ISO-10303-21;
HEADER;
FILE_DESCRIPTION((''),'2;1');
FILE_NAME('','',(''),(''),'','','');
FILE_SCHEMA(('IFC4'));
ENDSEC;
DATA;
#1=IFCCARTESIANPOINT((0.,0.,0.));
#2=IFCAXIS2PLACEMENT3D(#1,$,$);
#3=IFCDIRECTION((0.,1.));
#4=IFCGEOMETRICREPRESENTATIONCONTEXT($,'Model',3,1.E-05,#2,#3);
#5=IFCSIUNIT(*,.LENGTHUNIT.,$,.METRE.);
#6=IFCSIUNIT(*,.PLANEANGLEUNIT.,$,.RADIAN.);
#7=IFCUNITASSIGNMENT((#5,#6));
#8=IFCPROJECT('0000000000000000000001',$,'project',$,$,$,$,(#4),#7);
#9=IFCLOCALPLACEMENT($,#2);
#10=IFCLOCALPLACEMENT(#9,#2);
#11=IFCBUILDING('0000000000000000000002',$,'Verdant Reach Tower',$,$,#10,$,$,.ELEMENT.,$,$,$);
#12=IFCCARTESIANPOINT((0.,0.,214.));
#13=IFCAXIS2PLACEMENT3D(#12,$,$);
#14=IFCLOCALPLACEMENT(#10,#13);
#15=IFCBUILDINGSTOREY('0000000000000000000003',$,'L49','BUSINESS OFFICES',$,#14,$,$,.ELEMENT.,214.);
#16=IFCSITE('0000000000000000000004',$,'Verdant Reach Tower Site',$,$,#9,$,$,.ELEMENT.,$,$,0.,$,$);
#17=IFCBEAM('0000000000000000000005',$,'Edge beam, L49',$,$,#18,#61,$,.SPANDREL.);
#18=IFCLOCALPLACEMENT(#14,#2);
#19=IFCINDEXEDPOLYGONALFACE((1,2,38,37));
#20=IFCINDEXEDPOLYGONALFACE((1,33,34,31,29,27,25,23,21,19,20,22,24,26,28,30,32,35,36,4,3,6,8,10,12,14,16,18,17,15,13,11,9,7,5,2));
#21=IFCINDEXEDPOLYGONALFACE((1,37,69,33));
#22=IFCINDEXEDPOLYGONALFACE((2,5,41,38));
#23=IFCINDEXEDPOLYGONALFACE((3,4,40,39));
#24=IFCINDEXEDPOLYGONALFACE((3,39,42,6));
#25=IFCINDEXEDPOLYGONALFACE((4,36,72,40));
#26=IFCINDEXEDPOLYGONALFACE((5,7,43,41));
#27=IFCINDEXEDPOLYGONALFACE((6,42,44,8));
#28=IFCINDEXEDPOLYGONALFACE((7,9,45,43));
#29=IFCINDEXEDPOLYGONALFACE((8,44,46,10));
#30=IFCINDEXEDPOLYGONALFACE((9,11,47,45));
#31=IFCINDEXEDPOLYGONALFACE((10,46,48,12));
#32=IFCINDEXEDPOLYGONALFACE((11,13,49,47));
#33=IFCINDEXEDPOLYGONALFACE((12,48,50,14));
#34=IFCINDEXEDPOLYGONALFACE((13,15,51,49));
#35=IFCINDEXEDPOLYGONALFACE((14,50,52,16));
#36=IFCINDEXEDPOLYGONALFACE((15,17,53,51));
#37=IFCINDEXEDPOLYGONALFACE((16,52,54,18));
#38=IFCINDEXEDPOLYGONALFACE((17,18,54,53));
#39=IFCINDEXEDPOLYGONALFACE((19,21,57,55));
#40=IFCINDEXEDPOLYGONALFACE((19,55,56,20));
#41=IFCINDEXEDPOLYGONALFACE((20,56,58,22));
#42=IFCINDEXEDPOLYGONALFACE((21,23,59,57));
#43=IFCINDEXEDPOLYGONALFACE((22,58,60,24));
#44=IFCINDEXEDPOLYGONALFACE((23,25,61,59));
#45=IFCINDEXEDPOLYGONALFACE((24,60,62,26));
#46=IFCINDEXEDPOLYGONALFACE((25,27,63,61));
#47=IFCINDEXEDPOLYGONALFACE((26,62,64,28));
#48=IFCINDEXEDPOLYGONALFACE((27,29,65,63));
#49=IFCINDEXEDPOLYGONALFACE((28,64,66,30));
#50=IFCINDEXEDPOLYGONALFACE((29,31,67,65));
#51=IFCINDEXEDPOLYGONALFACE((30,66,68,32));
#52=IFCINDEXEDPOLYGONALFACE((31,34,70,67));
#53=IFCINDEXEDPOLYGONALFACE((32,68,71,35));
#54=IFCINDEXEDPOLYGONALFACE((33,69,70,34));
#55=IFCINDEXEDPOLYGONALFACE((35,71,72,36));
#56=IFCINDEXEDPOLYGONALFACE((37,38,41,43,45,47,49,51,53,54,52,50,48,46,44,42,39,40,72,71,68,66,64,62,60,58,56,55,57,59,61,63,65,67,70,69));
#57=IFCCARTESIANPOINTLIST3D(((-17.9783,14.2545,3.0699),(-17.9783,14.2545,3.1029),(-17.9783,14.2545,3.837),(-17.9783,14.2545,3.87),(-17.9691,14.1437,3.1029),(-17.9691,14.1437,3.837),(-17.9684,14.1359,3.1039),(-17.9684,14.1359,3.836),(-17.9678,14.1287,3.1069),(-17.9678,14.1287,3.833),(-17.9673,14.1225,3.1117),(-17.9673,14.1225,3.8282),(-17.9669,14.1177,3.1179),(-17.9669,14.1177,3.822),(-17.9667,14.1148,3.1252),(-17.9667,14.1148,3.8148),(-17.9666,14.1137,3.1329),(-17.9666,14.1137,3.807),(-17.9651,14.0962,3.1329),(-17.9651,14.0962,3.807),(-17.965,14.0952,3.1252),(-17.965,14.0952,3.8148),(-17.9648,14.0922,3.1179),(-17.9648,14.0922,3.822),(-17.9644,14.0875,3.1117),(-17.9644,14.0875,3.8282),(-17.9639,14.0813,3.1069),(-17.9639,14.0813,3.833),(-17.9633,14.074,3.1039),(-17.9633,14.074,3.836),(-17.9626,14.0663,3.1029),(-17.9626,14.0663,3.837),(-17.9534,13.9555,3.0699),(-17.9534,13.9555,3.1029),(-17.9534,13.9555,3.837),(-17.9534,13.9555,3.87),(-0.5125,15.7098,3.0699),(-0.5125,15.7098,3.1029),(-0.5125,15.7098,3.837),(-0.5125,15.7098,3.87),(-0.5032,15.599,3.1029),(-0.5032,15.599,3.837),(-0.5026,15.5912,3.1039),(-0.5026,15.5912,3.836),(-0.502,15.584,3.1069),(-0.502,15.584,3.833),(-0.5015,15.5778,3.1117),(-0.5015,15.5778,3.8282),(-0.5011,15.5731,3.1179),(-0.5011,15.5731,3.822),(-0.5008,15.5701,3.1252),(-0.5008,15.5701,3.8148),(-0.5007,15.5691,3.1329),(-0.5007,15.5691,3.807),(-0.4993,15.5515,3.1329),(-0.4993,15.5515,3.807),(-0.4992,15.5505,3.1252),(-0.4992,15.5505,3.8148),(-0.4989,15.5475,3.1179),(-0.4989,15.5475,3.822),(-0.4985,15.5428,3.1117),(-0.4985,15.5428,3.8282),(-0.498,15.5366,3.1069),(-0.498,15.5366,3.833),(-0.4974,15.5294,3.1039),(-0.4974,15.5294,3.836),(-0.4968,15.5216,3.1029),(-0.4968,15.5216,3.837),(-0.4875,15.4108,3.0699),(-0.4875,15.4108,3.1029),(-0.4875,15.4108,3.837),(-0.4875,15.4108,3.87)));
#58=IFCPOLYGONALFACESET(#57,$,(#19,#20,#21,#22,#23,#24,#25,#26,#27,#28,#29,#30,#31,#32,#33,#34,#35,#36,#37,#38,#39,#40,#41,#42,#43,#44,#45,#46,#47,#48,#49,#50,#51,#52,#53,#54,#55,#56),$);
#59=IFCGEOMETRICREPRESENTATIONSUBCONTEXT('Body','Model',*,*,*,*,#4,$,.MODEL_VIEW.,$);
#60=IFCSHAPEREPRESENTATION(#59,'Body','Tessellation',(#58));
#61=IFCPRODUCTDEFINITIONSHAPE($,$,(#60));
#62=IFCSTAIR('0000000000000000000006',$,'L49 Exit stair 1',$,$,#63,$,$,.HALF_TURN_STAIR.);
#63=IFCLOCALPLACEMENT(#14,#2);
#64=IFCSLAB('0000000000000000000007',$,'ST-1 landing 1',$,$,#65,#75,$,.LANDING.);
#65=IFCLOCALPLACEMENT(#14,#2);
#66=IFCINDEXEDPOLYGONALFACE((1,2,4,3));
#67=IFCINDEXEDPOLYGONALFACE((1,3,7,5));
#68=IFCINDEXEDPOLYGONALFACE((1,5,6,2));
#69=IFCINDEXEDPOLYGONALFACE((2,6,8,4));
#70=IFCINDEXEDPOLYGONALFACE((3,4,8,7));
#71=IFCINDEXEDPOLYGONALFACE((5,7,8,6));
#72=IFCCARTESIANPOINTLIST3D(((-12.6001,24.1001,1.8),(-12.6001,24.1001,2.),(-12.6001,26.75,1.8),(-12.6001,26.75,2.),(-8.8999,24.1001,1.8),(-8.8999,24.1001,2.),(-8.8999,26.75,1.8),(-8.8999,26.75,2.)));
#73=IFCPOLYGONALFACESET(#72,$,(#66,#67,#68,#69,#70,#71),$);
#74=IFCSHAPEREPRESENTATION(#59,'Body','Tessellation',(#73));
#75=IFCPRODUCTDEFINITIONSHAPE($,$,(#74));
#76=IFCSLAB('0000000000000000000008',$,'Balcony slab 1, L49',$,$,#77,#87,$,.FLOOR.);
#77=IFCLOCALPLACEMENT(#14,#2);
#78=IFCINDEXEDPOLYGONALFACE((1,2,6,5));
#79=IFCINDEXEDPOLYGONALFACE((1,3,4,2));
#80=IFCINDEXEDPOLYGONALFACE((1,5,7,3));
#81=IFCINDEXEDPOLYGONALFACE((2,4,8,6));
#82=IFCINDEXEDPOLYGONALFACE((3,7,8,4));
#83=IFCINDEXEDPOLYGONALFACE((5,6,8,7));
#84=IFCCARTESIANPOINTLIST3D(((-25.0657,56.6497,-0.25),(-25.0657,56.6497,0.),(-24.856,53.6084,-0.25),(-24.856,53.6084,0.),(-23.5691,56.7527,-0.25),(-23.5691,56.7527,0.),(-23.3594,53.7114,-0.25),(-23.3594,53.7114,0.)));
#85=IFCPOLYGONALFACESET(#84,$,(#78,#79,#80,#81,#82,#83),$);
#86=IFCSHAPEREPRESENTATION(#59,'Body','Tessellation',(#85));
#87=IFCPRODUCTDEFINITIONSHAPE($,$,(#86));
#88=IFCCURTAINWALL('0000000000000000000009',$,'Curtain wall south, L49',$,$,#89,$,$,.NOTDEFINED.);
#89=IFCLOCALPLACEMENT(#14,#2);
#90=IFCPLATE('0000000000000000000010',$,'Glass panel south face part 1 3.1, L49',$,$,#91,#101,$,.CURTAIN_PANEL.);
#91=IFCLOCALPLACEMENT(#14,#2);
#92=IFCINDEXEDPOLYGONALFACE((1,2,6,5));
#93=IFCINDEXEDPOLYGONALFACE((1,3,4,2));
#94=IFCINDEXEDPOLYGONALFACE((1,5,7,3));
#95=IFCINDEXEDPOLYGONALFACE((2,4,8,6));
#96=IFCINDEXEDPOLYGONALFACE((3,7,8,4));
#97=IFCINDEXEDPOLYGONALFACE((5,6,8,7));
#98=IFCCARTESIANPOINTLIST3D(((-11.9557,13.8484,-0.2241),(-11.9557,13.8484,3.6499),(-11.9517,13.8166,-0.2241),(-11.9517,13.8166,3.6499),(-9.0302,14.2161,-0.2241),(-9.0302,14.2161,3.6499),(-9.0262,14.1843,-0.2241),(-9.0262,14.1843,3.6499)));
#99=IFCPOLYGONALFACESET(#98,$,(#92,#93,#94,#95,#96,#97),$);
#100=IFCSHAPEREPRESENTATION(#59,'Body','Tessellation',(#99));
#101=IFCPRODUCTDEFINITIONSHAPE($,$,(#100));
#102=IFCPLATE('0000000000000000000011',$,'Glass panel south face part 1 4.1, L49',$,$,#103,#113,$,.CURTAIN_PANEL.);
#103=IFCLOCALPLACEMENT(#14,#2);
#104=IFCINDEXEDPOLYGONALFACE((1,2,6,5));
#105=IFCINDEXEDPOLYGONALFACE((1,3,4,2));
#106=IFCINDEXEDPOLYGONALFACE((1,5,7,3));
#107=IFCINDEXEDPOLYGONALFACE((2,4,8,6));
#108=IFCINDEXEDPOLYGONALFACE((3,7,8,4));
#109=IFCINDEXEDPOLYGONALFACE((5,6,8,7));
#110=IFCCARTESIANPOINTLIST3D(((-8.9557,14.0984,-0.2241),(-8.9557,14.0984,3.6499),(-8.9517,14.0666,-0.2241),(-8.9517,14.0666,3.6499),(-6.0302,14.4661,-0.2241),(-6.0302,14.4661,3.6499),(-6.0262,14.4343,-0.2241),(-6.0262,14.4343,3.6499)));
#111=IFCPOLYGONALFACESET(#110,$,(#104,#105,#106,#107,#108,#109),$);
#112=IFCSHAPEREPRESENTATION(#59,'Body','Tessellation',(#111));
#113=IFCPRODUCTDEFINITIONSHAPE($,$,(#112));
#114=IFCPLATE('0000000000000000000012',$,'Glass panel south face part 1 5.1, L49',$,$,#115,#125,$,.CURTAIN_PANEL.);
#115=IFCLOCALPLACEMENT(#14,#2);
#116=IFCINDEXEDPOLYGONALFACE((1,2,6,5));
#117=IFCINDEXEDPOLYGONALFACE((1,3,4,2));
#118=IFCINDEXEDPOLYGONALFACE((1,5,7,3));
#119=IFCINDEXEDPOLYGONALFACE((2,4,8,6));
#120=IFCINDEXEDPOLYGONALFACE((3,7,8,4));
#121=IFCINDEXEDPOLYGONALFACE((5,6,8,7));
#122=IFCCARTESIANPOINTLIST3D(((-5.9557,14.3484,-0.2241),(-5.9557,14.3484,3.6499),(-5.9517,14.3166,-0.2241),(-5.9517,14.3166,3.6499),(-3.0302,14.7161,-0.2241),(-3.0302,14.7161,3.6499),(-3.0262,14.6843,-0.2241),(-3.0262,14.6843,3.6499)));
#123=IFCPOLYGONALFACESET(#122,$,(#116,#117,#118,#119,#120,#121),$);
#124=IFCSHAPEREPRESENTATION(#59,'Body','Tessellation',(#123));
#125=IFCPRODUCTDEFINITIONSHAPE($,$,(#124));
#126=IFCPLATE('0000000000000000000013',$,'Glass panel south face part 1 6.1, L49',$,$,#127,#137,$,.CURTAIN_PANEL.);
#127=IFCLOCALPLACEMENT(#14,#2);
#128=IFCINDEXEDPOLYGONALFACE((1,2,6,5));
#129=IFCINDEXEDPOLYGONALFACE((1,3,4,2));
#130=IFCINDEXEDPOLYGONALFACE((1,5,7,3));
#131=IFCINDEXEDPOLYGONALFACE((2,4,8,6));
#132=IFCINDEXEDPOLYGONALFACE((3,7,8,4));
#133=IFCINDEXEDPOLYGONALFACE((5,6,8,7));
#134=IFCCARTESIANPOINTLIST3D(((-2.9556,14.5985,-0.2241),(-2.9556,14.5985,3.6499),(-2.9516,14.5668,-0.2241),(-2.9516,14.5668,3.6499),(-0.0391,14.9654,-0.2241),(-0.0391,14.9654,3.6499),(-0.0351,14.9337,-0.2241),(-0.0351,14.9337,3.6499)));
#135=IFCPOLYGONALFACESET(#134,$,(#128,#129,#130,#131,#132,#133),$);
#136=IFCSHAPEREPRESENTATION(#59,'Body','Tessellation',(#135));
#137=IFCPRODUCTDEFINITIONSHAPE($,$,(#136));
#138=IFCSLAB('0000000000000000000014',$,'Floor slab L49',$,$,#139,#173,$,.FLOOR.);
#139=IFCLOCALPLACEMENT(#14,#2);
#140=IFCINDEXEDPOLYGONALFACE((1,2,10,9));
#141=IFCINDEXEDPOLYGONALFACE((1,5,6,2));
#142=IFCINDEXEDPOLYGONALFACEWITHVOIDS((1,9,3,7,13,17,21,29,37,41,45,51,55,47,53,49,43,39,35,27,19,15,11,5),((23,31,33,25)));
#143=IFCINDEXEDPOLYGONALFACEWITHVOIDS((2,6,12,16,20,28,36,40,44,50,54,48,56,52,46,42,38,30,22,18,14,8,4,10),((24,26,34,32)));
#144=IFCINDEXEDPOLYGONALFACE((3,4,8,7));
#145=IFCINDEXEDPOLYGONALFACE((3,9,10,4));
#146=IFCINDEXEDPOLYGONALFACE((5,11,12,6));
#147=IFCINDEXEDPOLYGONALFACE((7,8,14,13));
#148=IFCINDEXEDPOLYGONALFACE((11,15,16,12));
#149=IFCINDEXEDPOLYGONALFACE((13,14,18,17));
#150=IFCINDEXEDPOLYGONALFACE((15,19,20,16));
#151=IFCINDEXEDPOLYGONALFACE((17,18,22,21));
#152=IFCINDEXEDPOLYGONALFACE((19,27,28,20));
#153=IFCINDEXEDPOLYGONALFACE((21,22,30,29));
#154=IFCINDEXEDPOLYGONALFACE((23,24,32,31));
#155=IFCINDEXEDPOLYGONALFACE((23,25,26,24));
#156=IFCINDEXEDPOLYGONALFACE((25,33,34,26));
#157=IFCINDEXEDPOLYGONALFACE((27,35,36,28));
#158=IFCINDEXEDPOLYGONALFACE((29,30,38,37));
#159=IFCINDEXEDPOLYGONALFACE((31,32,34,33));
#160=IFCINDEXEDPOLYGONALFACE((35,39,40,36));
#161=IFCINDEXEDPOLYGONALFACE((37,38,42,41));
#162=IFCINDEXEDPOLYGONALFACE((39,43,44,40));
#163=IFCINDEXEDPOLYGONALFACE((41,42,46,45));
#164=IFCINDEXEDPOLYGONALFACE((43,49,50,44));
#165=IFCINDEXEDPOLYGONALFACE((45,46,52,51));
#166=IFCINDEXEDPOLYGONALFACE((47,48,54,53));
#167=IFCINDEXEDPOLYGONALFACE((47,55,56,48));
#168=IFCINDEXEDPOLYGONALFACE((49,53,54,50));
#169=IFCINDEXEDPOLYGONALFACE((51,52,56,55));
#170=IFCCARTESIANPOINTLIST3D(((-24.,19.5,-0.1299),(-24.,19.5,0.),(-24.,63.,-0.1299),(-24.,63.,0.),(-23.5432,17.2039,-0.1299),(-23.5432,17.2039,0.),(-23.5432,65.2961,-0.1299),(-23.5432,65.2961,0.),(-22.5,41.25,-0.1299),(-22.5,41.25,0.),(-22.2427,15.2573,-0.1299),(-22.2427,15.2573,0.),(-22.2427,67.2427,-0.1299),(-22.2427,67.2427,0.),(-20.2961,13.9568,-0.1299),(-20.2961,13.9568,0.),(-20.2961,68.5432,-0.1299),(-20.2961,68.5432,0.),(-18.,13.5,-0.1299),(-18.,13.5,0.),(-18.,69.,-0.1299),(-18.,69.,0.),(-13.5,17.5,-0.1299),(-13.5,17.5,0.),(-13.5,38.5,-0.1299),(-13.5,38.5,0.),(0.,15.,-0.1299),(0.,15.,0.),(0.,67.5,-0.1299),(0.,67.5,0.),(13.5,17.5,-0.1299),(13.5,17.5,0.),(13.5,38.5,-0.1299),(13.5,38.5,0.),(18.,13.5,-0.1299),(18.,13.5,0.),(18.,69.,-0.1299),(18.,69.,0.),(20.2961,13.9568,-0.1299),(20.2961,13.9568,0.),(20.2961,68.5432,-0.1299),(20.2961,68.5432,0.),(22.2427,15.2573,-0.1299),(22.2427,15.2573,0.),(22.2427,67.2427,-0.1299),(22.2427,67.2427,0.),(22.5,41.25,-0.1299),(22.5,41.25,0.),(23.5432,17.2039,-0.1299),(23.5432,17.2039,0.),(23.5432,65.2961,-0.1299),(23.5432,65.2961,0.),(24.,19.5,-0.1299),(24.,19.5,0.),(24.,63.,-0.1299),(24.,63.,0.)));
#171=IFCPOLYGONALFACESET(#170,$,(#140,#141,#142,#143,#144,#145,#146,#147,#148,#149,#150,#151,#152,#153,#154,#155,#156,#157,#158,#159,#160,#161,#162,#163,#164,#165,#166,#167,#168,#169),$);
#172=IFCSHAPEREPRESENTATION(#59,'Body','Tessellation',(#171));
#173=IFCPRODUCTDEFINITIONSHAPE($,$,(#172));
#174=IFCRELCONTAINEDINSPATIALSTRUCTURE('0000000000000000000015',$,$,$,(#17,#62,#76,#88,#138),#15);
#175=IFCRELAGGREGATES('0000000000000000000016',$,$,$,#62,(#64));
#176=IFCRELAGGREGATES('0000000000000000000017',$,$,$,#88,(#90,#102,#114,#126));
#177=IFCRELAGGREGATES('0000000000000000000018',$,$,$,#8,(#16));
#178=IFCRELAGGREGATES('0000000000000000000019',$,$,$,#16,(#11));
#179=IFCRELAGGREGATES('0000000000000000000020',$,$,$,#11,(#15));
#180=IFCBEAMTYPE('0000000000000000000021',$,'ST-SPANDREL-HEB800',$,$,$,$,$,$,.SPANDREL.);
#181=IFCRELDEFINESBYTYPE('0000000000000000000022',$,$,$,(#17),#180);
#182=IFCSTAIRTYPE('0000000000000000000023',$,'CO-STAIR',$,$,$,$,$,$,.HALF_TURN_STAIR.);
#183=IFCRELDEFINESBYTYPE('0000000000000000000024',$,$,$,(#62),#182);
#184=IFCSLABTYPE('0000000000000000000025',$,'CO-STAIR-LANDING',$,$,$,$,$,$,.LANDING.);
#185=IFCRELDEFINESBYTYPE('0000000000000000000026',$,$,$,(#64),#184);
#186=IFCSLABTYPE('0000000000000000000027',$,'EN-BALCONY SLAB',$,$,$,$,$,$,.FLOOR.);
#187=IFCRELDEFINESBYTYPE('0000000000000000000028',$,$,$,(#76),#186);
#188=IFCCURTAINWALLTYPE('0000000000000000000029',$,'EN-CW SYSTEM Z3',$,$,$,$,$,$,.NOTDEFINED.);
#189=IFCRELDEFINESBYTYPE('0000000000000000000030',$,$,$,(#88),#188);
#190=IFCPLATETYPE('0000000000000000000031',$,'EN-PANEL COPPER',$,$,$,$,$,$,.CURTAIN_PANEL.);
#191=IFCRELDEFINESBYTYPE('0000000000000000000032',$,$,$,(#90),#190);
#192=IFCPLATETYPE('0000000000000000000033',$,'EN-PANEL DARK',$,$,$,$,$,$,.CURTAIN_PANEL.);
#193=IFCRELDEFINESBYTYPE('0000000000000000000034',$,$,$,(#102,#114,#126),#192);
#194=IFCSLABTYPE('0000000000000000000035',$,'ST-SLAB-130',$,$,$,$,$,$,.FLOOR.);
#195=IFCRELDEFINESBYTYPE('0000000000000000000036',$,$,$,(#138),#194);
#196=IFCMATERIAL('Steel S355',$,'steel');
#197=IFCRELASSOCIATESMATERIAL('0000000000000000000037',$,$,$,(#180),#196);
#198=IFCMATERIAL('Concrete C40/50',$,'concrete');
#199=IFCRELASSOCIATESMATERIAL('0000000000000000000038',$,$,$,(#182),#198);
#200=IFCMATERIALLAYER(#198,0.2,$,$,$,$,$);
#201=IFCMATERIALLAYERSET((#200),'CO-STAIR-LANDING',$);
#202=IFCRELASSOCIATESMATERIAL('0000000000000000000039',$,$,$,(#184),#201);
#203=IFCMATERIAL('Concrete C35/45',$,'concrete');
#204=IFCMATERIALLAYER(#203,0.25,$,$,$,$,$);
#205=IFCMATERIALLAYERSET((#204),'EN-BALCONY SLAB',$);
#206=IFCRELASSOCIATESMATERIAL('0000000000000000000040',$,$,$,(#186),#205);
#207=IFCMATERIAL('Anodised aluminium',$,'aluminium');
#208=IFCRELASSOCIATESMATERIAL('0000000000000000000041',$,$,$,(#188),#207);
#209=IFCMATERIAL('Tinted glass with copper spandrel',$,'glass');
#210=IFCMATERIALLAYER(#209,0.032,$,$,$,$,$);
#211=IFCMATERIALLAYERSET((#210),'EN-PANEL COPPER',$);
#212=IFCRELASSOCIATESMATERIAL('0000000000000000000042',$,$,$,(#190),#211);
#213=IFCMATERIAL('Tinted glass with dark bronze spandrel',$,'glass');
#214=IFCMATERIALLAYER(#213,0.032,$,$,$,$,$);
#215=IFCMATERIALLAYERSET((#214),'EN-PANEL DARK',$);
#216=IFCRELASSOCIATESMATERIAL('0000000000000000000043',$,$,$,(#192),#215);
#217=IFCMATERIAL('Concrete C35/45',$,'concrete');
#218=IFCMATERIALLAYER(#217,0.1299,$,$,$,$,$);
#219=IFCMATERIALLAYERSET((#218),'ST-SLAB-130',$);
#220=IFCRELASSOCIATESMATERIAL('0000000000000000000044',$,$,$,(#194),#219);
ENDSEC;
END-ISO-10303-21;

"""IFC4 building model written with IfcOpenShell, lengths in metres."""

from ifc_helpers import new_model, si_unit, direction, frame, origin, origin_2d, place, context, subcontext, project, spatial, polyline, rectangle, i_section, outline, extrude, material, layer, layer_set, material_profile, profile_set, type_object, element, aggregate, save


model = new_model("IFC4")

# Units and contexts
model_context = context("Model", 3, precision=1e-05, world=origin(), true_north=direction((0.0, 1.0)))
body_context = subcontext(model_context, "Body", "Model", "MODEL_VIEW")
ifc_project = project(units=[si_unit("LENGTHUNIT", "METRE"), si_unit("PLANEANGLEUNIT", "RADIAN")], contexts=[model_context])

# Site, building, storey
site_placement = place(None, origin())
site = spatial("IfcSite", under=ifc_project, at=site_placement, Name="Verdant Reach Tower Site", CompositionType="ELEMENT", RefElevation=0.0)
building_placement = place(site_placement, origin())
building = spatial("IfcBuilding", under=site, at=building_placement, Name="Verdant Reach Tower", CompositionType="ELEMENT")
storey_placement = place(building_placement, frame((0.0, 0.0, 214.0)))
storey = spatial("IfcBuildingStorey", under=building, at=storey_placement, Name="L49", Description="BUSINESS OFFICES", CompositionType="ELEMENT", Elevation=214.0)

# Beam
ifc_material_1 = material(Name="Steel S355", Category="steel")
ifc_material_profile_1 = material_profile(ifc_material_1, i_section(OverallWidth=0.3, OverallDepth=0.8, WebThickness=0.0176, FlangeThickness=0.033, FilletRadius=0.03, at=origin_2d()), Name="HEB 800")
ifc_profile_set_1 = profile_set([ifc_material_profile_1], Name="Steel S355")
beam_type_1 = type_object("IfcBeamType", Name="ST-SPANDREL-HEB800", PredefinedType="SPANDREL", material=ifc_profile_set_1)
beam_1_placement = place(storey_placement, frame((-0.5, 15.5603, 3.47), z_axis=(-0.996547, -0.083036, 0.0), x_axis=(0.083036, -0.996547, 0.0)))
element("IfcBeam", 1, at=beam_1_placement, inside=storey, type_object=beam_type_1, Name="Edge beam, L49", PredefinedType="SPANDREL", context=body_context, shape_type="SweptSolid", body=[
    extrude(i_section(OverallWidth=0.3, OverallDepth=0.8, WebThickness=0.0176, FlangeThickness=0.033, FilletRadius=0.03, at=origin_2d()), origin(), (0.0, 0.0, 1.0), 17.5264),
])

# Stair, slab
ifc_material_2 = material(Name="Concrete C40/50", Category="concrete")
stair_type = type_object("IfcStairType", Name="CO-STAIR", PredefinedType="HALF_TURN_STAIR", material=ifc_material_2)
stair_placement = place(storey_placement, origin())
stair = element("IfcStair", 2, at=stair_placement, inside=storey, type_object=stair_type, Name="L49 Exit stair 1", PredefinedType="HALF_TURN_STAIR")
ifc_layer_1 = layer(ifc_material_2, 0.2)
ifc_layer_set_1 = layer_set([ifc_layer_1], Name="CO-STAIR-LANDING")
slab_type_1 = type_object("IfcSlabType", Name="CO-STAIR-LANDING", PredefinedType="LANDING", material=ifc_layer_set_1)
slab_1_placement = place(storey_placement, frame((0.0, 0.0, 1.8)))
slab_1 = element("IfcSlab", 3, at=slab_1_placement, type_object=slab_type_1, Name="ST-1 landing 1", PredefinedType="LANDING", context=body_context, shape_type="SweptSolid", body=[
    extrude(outline(polyline([(-12.6001, 26.75), (-12.6001, 24.1001), (-8.8999, 24.1001), (-8.8999, 26.75), (-12.6001, 26.75)])), origin(), (0.0, 0.0, 1.0), 0.2),
])
aggregate(stair, [slab_1])

# Slab
ifc_material_3 = material(Name="Concrete C35/45", Category="concrete")
ifc_layer_2 = layer(ifc_material_3, 0.25)
ifc_layer_set_2 = layer_set([ifc_layer_2], Name="EN-BALCONY SLAB")
slab_type_2 = type_object("IfcSlabType", Name="EN-BALCONY SLAB", PredefinedType="FLOOR", material=ifc_layer_set_2)
slab_2_placement = place(storey_placement, frame((0.0, 0.0, -0.25)))
element("IfcSlab", 4, at=slab_2_placement, inside=storey, type_object=slab_type_2, Name="Balcony slab 1, L49", PredefinedType="FLOOR", context=body_context, shape_type="SweptSolid", body=[
    extrude(outline(polyline([(-23.5691, 56.7527), (-23.3594, 53.7114), (-24.856, 53.6084), (-25.0657, 56.6497), (-23.5691, 56.7527)])), origin(), (0.0, 0.0, 1.0), 0.25),
])

# Curtain wall, plates
ifc_material_4 = material(Name="Anodised aluminium", Category="aluminium")
curtain_wall_type = type_object("IfcCurtainWallType", Name="EN-CW SYSTEM Z3", PredefinedType="NOTDEFINED", material=ifc_material_4)
curtain_wall_placement = place(storey_placement, origin())
curtain_wall = element("IfcCurtainWall", 5, at=curtain_wall_placement, inside=storey, type_object=curtain_wall_type, Name="Curtain wall south, L49", PredefinedType="NOTDEFINED")
ifc_material_5 = material(Name="Tinted glass with copper spandrel", Category="glass")
ifc_layer_3 = layer(ifc_material_5, 0.032)
ifc_layer_set_3 = layer_set([ifc_layer_3], Name="EN-PANEL COPPER")
plate_type_1 = type_object("IfcPlateType", Name="EN-PANEL COPPER", PredefinedType="CURTAIN_PANEL", material=ifc_layer_set_3)
plate_1_placement = place(storey_placement, frame((-10.491, 14.0164, -0.2241), z_axis=(0.0, 0.0, 1.0), x_axis=(0.992194, 0.124704, 0.0)))
plate_1 = element("IfcPlate", 6, at=plate_1_placement, type_object=plate_type_1, Name="Glass panel south face part 1 3.1, L49", PredefinedType="CURTAIN_PANEL", context=body_context, shape_type="SweptSolid", body=[
    extrude(rectangle(XDim=2.9485, YDim=0.032, at=origin_2d()), origin(), (0.0, 0.0, 1.0), 3.874),
])
ifc_material_6 = material(Name="Tinted glass with dark bronze spandrel", Category="glass")
ifc_layer_4 = layer(ifc_material_6, 0.032)
ifc_layer_set_4 = layer_set([ifc_layer_4], Name="EN-PANEL DARK")
plate_type_2 = type_object("IfcPlateType", Name="EN-PANEL DARK", PredefinedType="CURTAIN_PANEL", material=ifc_layer_set_4)
plate_2_placement = place(storey_placement, frame((-7.491, 14.2664, -0.2241), z_axis=(0.0, 0.0, 1.0), x_axis=(0.992194, 0.124704, 0.0)))
plate_2 = element("IfcPlate", 7, at=plate_2_placement, type_object=plate_type_2, Name="Glass panel south face part 1 4.1, L49", PredefinedType="CURTAIN_PANEL", context=body_context, shape_type="SweptSolid", body=[
    extrude(rectangle(XDim=2.9485, YDim=0.032, at=origin_2d()), origin(), (0.0, 0.0, 1.0), 3.874),
])
plate_3_placement = place(storey_placement, frame((-4.491, 14.5164, -0.2241), z_axis=(0.0, 0.0, 1.0), x_axis=(0.992194, 0.124704, 0.0)))
plate_3 = element("IfcPlate", 8, at=plate_3_placement, type_object=plate_type_2, Name="Glass panel south face part 1 5.1, L49", PredefinedType="CURTAIN_PANEL", context=body_context, shape_type="SweptSolid", body=[
    extrude(rectangle(XDim=2.9485, YDim=0.032, at=origin_2d()), origin(), (0.0, 0.0, 1.0), 3.874),
])
plate_4_placement = place(storey_placement, frame((-1.4954, 14.7661, -0.2241), z_axis=(0.0, 0.0, 1.0), x_axis=(0.992178, 0.124828, 0.0)))
plate_4 = element("IfcPlate", 9, at=plate_4_placement, type_object=plate_type_2, Name="Glass panel south face part 1 6.1, L49", PredefinedType="CURTAIN_PANEL", context=body_context, shape_type="SweptSolid", body=[
    extrude(rectangle(XDim=2.9395, YDim=0.032, at=origin_2d()), origin(), (0.0, 0.0, 1.0), 3.874),
])
aggregate(curtain_wall, [plate_1, plate_2, plate_3, plate_4])

# Slab
ifc_material_7 = material(Name="Concrete C35/45", Category="concrete")
ifc_layer_5 = layer(ifc_material_7, 0.1299)
ifc_layer_set_5 = layer_set([ifc_layer_5], Name="ST-SLAB-130")
slab_type_3 = type_object("IfcSlabType", Name="ST-SLAB-130", PredefinedType="FLOOR", material=ifc_layer_set_5)
slab_3_placement = place(storey_placement, frame((0.0, 0.0, -0.1299)))
element("IfcSlab", 10, at=slab_3_placement, inside=storey, type_object=slab_type_3, Name="Floor slab L49", PredefinedType="FLOOR", context=body_context, shape_type="SweptSolid", body=[
    extrude(outline(polyline([(0.0, 15.0), (-18.0, 13.5), (-20.2961, 13.9568), (-22.2427, 15.2573), (-23.5432, 17.2039), (-24.0, 19.5), (-22.5, 41.25), (-24.0, 63.0), (-23.5432, 65.2961), (-22.2427, 67.2427), (-20.2961, 68.5432), (-18.0, 69.0), (0.0, 67.5), (18.0, 69.0), (20.2961, 68.5432), (22.2427, 67.2427), (23.5432, 65.2961), (24.0, 63.0), (22.5, 41.25), (24.0, 19.5), (23.5432, 17.2039), (22.2427, 15.2573), (20.2961, 13.9568), (18.0, 13.5), (0.0, 15.0)]), holes=[polyline([(13.5, 38.5), (-13.5, 38.5), (-13.5, 17.5), (13.5, 17.5), (13.5, 38.5)])]), origin(), (0.0, 0.0, 1.0), 0.1299),
])

save(model, "model.ifc")
